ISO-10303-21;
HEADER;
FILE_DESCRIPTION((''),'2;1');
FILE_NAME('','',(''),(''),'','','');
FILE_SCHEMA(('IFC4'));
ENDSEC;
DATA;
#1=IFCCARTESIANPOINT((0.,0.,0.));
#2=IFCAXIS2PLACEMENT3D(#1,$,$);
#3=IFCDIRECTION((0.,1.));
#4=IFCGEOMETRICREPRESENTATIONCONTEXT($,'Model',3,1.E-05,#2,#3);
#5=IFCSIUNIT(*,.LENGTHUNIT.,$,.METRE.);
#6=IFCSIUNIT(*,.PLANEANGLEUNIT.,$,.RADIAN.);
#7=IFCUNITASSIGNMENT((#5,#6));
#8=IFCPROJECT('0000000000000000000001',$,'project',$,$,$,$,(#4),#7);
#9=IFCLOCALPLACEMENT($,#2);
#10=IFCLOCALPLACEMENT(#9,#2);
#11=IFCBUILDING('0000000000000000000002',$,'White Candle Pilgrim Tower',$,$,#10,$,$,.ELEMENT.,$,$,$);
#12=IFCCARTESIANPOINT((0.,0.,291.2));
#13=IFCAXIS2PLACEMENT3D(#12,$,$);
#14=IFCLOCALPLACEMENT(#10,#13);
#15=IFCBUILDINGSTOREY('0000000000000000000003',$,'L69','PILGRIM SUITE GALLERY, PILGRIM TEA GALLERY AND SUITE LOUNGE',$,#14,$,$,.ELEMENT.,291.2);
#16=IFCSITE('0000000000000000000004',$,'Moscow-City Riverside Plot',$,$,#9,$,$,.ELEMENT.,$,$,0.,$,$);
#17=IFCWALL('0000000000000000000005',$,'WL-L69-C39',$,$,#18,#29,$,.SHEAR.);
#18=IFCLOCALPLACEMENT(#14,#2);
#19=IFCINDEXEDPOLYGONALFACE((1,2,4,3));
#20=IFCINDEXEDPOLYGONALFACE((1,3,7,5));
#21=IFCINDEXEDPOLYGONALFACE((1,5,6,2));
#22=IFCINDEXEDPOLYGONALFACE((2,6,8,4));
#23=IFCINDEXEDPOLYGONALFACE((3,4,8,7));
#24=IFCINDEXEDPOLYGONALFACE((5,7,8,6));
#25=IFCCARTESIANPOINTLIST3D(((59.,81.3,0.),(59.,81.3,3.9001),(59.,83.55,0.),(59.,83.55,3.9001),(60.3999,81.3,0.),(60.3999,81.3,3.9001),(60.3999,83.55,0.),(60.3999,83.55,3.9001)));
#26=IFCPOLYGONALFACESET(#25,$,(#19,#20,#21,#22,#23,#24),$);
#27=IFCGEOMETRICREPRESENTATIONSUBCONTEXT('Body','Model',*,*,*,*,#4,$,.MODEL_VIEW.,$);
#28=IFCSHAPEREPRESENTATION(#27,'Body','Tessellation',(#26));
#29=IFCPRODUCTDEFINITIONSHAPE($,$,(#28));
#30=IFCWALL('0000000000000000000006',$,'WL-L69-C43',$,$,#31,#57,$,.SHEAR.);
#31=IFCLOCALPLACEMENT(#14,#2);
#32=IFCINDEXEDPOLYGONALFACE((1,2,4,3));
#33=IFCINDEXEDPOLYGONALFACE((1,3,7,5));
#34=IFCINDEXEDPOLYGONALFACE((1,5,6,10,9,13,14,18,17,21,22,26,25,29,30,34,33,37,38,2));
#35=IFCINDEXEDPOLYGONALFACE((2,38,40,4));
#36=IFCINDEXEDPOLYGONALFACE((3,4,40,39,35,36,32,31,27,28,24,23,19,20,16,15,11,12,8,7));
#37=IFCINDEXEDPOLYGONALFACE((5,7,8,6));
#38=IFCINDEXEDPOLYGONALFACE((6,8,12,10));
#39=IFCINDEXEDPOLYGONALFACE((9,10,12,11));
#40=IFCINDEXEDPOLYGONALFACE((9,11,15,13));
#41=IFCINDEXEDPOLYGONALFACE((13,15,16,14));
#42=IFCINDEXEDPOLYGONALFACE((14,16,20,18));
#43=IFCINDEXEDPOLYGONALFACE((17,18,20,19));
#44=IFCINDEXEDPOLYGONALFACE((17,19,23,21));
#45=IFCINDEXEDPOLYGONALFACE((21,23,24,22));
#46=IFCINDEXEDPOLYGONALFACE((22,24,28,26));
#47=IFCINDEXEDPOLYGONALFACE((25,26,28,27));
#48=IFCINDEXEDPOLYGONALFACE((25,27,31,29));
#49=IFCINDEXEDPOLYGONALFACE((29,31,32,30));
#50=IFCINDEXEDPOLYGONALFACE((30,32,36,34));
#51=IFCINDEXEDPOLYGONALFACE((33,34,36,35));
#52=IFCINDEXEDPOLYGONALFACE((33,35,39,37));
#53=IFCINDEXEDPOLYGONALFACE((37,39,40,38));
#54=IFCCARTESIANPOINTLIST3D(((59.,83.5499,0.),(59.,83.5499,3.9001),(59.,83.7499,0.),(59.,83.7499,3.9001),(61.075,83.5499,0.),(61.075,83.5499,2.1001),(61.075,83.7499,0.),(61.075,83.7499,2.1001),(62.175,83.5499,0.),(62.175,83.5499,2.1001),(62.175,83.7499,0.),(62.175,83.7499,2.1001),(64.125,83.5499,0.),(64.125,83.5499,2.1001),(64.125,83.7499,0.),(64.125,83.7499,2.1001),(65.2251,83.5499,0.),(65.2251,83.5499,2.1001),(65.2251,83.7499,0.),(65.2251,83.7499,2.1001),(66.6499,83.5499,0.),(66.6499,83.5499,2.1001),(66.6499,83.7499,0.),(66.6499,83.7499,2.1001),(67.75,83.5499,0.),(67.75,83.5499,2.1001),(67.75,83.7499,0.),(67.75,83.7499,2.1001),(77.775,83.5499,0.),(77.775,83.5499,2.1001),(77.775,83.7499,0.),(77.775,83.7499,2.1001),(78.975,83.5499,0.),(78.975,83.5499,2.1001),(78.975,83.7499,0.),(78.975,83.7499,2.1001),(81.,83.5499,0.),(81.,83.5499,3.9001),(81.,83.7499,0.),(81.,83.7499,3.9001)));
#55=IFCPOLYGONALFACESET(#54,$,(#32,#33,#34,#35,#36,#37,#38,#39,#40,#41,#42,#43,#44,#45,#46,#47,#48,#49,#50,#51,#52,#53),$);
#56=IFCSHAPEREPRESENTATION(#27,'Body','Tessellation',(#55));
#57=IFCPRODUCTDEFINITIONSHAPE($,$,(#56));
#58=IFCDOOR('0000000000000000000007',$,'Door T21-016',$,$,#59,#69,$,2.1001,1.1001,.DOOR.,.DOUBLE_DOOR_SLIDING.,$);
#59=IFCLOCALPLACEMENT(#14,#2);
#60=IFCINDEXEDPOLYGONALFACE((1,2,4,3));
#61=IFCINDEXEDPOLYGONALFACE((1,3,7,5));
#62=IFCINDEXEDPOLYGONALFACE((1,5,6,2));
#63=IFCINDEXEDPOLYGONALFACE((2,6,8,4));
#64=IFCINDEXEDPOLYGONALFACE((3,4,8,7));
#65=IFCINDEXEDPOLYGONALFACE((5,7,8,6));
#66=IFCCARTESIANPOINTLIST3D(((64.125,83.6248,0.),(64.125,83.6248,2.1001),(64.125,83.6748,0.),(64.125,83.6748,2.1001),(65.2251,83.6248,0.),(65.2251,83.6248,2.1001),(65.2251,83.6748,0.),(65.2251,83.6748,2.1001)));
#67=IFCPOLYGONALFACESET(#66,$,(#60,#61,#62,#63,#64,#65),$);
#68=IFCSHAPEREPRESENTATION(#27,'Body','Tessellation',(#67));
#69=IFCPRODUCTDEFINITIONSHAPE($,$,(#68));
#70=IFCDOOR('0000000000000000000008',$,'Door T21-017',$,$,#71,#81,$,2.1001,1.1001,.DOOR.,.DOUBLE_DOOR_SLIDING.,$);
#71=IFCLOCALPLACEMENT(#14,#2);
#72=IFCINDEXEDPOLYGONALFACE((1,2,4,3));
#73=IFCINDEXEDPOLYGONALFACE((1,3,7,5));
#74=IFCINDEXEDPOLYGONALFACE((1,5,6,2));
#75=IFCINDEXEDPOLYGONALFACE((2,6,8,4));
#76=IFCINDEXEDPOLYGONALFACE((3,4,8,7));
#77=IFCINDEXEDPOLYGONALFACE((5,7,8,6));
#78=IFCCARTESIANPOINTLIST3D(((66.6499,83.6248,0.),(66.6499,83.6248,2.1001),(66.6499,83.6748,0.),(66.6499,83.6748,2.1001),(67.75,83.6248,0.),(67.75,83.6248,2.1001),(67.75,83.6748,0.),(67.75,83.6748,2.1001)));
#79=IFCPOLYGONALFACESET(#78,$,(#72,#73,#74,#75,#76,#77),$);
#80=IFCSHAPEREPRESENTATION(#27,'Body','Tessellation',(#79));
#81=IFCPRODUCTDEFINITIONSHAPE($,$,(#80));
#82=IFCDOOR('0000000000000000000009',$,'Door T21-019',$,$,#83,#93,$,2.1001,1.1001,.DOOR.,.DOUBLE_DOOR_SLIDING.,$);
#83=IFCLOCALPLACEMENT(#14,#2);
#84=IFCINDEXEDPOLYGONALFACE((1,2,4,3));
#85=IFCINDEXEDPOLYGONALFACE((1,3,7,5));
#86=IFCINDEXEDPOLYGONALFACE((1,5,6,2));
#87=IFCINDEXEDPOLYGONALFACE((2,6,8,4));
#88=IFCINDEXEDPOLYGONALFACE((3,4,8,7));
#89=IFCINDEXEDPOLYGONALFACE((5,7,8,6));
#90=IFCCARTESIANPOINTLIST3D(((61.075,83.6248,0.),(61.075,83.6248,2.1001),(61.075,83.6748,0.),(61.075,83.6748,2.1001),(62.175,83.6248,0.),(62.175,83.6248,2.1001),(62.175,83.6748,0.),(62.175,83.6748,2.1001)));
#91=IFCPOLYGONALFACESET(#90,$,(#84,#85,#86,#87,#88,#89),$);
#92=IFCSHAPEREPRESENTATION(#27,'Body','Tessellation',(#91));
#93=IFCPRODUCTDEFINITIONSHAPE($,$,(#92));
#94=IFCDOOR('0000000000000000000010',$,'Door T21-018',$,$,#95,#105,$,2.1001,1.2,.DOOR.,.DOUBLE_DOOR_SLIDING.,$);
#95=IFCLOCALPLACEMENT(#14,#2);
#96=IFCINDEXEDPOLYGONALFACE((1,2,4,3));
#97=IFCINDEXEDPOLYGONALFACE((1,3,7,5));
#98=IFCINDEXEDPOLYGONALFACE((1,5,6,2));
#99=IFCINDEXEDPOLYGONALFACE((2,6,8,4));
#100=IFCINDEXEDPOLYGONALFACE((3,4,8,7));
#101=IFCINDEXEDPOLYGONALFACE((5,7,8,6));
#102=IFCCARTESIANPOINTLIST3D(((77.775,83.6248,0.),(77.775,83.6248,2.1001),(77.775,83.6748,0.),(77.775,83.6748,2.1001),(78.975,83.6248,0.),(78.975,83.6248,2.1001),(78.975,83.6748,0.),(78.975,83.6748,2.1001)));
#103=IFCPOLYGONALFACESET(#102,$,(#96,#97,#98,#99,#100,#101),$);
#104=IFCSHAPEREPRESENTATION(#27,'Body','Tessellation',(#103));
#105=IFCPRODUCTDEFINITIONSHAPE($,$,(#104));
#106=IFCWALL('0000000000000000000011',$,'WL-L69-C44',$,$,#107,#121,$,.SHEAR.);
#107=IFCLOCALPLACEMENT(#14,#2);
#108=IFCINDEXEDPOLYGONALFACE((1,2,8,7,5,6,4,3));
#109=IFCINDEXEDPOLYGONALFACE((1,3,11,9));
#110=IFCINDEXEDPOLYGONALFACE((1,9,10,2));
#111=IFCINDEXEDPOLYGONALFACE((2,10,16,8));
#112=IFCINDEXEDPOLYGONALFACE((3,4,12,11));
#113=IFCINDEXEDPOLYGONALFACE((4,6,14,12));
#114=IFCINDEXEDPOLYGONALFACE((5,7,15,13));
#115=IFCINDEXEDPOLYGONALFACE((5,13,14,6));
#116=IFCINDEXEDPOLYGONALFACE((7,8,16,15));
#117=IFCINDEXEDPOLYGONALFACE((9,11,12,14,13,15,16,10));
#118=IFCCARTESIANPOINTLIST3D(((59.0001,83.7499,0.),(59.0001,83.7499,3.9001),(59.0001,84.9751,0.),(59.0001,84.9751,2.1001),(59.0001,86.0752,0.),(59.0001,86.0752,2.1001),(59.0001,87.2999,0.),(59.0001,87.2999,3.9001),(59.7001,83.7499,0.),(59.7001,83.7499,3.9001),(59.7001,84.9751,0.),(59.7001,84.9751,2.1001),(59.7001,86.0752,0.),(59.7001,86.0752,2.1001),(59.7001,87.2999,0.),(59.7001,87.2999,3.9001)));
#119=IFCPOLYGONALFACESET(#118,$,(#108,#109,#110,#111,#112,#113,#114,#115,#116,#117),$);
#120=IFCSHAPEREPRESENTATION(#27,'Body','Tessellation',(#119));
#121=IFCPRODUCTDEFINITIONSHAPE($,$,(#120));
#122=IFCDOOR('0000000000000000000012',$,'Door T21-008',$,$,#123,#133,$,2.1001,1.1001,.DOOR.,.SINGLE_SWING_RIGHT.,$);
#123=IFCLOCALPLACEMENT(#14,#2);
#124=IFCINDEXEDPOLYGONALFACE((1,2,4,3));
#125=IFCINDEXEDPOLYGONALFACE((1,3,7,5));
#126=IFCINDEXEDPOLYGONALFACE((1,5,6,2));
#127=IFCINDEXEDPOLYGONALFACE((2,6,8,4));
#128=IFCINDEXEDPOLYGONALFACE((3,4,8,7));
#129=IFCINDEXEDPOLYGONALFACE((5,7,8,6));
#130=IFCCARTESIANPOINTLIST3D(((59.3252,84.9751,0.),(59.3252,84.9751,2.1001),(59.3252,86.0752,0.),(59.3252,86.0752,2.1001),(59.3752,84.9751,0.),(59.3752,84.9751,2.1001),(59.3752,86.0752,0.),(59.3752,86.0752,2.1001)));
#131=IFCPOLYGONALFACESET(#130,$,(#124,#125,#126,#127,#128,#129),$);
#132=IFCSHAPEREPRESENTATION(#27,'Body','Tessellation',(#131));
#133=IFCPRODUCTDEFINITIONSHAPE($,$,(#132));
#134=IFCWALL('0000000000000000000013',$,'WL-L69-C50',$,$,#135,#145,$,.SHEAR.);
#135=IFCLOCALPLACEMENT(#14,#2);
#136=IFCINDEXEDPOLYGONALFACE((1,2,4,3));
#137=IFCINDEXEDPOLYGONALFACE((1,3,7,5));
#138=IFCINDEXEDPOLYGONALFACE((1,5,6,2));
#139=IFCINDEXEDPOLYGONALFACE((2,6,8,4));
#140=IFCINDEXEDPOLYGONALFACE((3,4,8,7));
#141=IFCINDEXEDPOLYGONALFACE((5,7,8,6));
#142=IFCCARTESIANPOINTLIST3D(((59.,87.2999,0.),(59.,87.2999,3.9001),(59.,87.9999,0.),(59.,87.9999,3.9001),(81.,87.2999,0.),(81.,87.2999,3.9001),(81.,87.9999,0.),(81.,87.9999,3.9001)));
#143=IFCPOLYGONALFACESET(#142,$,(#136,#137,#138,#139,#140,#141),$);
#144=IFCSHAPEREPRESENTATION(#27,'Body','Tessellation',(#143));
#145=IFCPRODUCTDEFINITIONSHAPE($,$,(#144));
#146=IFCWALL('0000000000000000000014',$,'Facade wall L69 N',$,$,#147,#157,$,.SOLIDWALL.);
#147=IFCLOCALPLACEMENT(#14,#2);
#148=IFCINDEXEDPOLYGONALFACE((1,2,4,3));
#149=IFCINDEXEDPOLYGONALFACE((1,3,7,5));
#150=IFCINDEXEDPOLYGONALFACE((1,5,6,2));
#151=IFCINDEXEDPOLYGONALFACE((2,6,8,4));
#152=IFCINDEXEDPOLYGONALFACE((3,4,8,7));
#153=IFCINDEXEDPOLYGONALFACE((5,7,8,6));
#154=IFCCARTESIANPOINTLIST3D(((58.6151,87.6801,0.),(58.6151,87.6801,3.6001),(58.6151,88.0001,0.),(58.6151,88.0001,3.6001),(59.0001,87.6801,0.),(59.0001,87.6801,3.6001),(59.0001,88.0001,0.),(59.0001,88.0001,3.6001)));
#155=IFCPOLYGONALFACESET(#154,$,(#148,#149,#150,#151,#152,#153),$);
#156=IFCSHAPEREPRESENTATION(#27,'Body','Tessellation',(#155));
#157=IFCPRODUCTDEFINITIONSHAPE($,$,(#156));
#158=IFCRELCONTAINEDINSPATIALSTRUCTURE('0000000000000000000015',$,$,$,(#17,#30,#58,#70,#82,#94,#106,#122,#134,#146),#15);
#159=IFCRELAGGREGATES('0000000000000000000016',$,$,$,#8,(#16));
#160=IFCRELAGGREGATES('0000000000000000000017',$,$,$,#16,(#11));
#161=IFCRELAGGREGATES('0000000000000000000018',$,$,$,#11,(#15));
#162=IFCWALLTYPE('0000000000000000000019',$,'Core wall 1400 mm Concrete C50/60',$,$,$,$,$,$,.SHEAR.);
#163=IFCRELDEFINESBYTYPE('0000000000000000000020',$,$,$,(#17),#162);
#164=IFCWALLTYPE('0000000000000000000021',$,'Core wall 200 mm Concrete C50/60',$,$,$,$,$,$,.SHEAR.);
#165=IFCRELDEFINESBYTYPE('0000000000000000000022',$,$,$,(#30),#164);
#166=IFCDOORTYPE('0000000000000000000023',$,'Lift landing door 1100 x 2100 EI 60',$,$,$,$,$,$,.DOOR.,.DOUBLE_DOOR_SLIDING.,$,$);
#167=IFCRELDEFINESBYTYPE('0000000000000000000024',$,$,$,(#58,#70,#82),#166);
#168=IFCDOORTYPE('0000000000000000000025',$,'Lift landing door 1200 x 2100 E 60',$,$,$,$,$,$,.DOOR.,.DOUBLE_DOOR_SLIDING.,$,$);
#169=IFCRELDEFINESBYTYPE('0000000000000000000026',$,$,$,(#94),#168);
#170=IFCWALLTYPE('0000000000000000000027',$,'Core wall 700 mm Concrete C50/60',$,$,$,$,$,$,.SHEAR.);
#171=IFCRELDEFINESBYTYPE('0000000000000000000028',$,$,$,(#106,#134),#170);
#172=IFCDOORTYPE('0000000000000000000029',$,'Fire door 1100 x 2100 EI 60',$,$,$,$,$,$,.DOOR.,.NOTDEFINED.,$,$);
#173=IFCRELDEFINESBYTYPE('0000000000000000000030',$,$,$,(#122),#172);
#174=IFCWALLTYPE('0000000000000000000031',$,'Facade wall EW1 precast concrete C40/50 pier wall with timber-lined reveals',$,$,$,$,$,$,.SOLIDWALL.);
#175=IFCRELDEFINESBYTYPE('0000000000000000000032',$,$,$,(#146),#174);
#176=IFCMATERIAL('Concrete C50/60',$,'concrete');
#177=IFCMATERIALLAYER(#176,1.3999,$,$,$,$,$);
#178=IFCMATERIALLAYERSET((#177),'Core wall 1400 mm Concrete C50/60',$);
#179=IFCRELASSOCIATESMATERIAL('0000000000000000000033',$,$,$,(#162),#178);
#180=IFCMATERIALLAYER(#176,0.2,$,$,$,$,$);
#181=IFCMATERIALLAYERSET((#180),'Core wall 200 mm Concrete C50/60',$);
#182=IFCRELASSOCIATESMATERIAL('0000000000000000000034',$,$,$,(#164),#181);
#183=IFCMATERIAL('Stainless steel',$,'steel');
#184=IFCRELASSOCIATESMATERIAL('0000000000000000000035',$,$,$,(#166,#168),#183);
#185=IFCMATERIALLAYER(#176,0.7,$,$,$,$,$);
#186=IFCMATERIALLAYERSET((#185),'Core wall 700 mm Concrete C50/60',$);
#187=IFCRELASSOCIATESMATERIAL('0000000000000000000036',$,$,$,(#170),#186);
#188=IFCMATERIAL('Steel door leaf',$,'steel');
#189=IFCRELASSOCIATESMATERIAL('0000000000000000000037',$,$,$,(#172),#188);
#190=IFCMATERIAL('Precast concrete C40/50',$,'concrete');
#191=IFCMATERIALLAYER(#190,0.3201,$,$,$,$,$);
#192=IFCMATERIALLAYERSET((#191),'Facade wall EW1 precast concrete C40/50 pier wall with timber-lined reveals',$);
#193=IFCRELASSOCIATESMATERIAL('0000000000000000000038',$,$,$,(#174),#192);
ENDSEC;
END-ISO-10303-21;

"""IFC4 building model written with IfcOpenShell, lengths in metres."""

from ifc_helpers import new_model, si_unit, direction, frame, frame_2d, origin, place, context, subcontext, project, spatial, rectangle, extrude, material, layer, layer_set, type_object, element, fill, save


model = new_model("IFC4")

# Units and contexts
model_context = context("Model", 3, precision=1e-05, world=origin(), true_north=direction((0.0, 1.0)))
body_context = subcontext(model_context, "Body", "Model", "MODEL_VIEW")
ifc_project = project(units=[si_unit("LENGTHUNIT", "METRE"), si_unit("PLANEANGLEUNIT", "RADIAN")], contexts=[model_context])

# Site, building, storey
site_placement = place(None, origin())
site = spatial("IfcSite", under=ifc_project, at=site_placement, Name="Moscow-City Riverside Plot", CompositionType="ELEMENT", RefElevation=0.0)
building_placement = place(site_placement, origin())
building = spatial("IfcBuilding", under=site, at=building_placement, Name="White Candle Pilgrim Tower", CompositionType="ELEMENT")
storey_placement = place(building_placement, frame((0.0, 0.0, 291.2)))
storey = spatial("IfcBuildingStorey", under=building, at=storey_placement, Name="L69", Description="PILGRIM SUITE GALLERY, PILGRIM TEA GALLERY AND SUITE LOUNGE", CompositionType="ELEMENT", Elevation=291.2)

# Wall
ifc_material_1 = material(Name="Concrete C50/60", Category="concrete")
ifc_layer_1 = layer(ifc_material_1, 1.3999)
ifc_layer_set_1 = layer_set([ifc_layer_1], Name="Core wall 1400 mm Concrete C50/60")
wall_type_1 = type_object("IfcWallType", Name="Core wall 1400 mm Concrete C50/60", PredefinedType="SHEAR", material=ifc_layer_set_1)
wall_1_placement = place(storey_placement, frame((59.7, 81.3, 0.0), z_axis=(0.0, 0.0, 1.0), x_axis=(0.0, 1.0, 0.0)))
element("IfcWall", 1, at=wall_1_placement, inside=storey, type_object=wall_type_1, Name="WL-L69-C39", PredefinedType="SHEAR", context=body_context, shape_type="SweptSolid", body=[
    extrude(rectangle(XDim=2.25, YDim=1.3999, at=frame_2d((1.125, 0.0))), origin(), (0.0, 0.0, 1.0), 3.9001),
])

# Wall, openings, doors
ifc_layer_2 = layer(ifc_material_1, 0.2)
ifc_layer_set_2 = layer_set([ifc_layer_2], Name="Core wall 200 mm Concrete C50/60")
wall_type_2 = type_object("IfcWallType", Name="Core wall 200 mm Concrete C50/60", PredefinedType="SHEAR", material=ifc_layer_set_2)
wall_2_placement = place(storey_placement, frame((59.0, 83.6499, 0.0), z_axis=(0.0, 0.0, 1.0), x_axis=(1.0, 0.0, 0.0)))
wall_2 = element("IfcWall", 2, at=wall_2_placement, inside=storey, type_object=wall_type_2, Name="WL-L69-C43", PredefinedType="SHEAR", context=body_context, shape_type="SweptSolid", body=[
    extrude(rectangle(XDim=22.0, YDim=0.2, at=frame_2d((11.0, 0.0))), origin(), (0.0, 0.0, 1.0), 3.9001),
])
opening_1_placement = place(wall_2_placement, frame((5.125, 0.0, 0.0)))
opening_1 = element("IfcOpeningElement", 3, at=opening_1_placement, cuts=wall_2, PredefinedType="OPENING", context=body_context, shape_type="SweptSolid", body=[
    extrude(rectangle(XDim=1.1001, YDim=2.1001, at=frame_2d((0.55, 1.05))), frame((0.0, 0.1099, 0.0), z_axis=(0.0, -1.0, 0.0), x_axis=(1.0, 0.0, 0.0)), (0.0, 0.0, 1.0), 0.22),
])
opening_2_placement = place(wall_2_placement, frame((7.6499, 0.0, 0.0)))
opening_2 = element("IfcOpeningElement", 4, at=opening_2_placement, cuts=wall_2, PredefinedType="OPENING", context=body_context, shape_type="SweptSolid", body=[
    extrude(rectangle(XDim=1.1001, YDim=2.1001, at=frame_2d((0.55, 1.05))), frame((0.0, 0.1099, 0.0), z_axis=(0.0, -1.0, 0.0), x_axis=(1.0, 0.0, 0.0)), (0.0, 0.0, 1.0), 0.22),
])
opening_3_placement = place(wall_2_placement, frame((18.7749, 0.0, 0.0)))
opening_3 = element("IfcOpeningElement", 5, at=opening_3_placement, cuts=wall_2, PredefinedType="OPENING", context=body_context, shape_type="SweptSolid", body=[
    extrude(rectangle(XDim=1.2, YDim=2.1001, at=frame_2d((0.6001, 1.05))), frame((0.0, 0.1099, 0.0), z_axis=(0.0, -1.0, 0.0), x_axis=(1.0, 0.0, 0.0)), (0.0, 0.0, 1.0), 0.22),
])
opening_4_placement = place(wall_2_placement, frame((2.075, 0.0, 0.0)))
opening_4 = element("IfcOpeningElement", 6, at=opening_4_placement, cuts=wall_2, PredefinedType="OPENING", context=body_context, shape_type="SweptSolid", body=[
    extrude(rectangle(XDim=1.1001, YDim=2.1001, at=frame_2d((0.55, 1.05))), frame((0.0, 0.1099, 0.0), z_axis=(0.0, -1.0, 0.0), x_axis=(1.0, 0.0, 0.0)), (0.0, 0.0, 1.0), 0.22),
])
ifc_material_2 = material(Name="Stainless steel", Category="steel")
door_type_1 = type_object("IfcDoorType", Name="Lift landing door 1100 x 2100 EI 60", OperationType="DOUBLE_DOOR_SLIDING", PredefinedType="DOOR", material=ifc_material_2)
door_1_placement = place(opening_1_placement, origin())
door_1 = element("IfcDoor", 7, at=door_1_placement, inside=storey, type_object=door_type_1, Name="Door T21-016", OperationType="DOUBLE_DOOR_SLIDING", OverallHeight=2.1001, OverallWidth=1.1001, PredefinedType="DOOR", context=body_context, shape_type="SweptSolid", body=[
    extrude(rectangle(XDim=1.1001, YDim=2.1001, at=frame_2d((0.55, 1.05))), frame((0.0, 0.0249, 0.0), z_axis=(0.0, -1.0, 0.0), x_axis=(1.0, 0.0, 0.0)), (0.0, 0.0, 1.0), 0.05),
])
fill(opening_1, door_1)
door_2_placement = place(opening_2_placement, origin())
door_2 = element("IfcDoor", 8, at=door_2_placement, inside=storey, type_object=door_type_1, Name="Door T21-017", OperationType="DOUBLE_DOOR_SLIDING", OverallHeight=2.1001, OverallWidth=1.1001, PredefinedType="DOOR", context=body_context, shape_type="SweptSolid", body=[
    extrude(rectangle(XDim=1.1001, YDim=2.1001, at=frame_2d((0.55, 1.05))), frame((0.0, 0.0249, 0.0), z_axis=(0.0, -1.0, 0.0), x_axis=(1.0, 0.0, 0.0)), (0.0, 0.0, 1.0), 0.05),
])
fill(opening_2, door_2)
door_3_placement = place(opening_4_placement, origin())
door_3 = element("IfcDoor", 9, at=door_3_placement, inside=storey, type_object=door_type_1, Name="Door T21-019", OperationType="DOUBLE_DOOR_SLIDING", OverallHeight=2.1001, OverallWidth=1.1001, PredefinedType="DOOR", context=body_context, shape_type="SweptSolid", body=[
    extrude(rectangle(XDim=1.1001, YDim=2.1001, at=frame_2d((0.55, 1.05))), frame((0.0, 0.0249, 0.0), z_axis=(0.0, -1.0, 0.0), x_axis=(1.0, 0.0, 0.0)), (0.0, 0.0, 1.0), 0.05),
])
fill(opening_4, door_3)
door_type_2 = type_object("IfcDoorType", Name="Lift landing door 1200 x 2100 E 60", OperationType="DOUBLE_DOOR_SLIDING", PredefinedType="DOOR", material=ifc_material_2)
door_4_placement = place(opening_3_placement, origin())
door_4 = element("IfcDoor", 10, at=door_4_placement, inside=storey, type_object=door_type_2, Name="Door T21-018", OperationType="DOUBLE_DOOR_SLIDING", OverallHeight=2.1001, OverallWidth=1.2, PredefinedType="DOOR", context=body_context, shape_type="SweptSolid", body=[
    extrude(rectangle(XDim=1.2, YDim=2.1001, at=frame_2d((0.6001, 1.05))), frame((0.0, 0.0249, 0.0), z_axis=(0.0, -1.0, 0.0), x_axis=(1.0, 0.0, 0.0)), (0.0, 0.0, 1.0), 0.05),
])
fill(opening_3, door_4)

# Wall, opening, door
ifc_layer_3 = layer(ifc_material_1, 0.7)
ifc_layer_set_3 = layer_set([ifc_layer_3], Name="Core wall 700 mm Concrete C50/60")
wall_type_3 = type_object("IfcWallType", Name="Core wall 700 mm Concrete C50/60", PredefinedType="SHEAR", material=ifc_layer_set_3)
wall_3_placement = place(storey_placement, frame((59.3501, 83.75, 0.0), z_axis=(0.0, 0.0, 1.0), x_axis=(0.0, 1.0, 0.0)))
wall_3 = element("IfcWall", 11, at=wall_3_placement, inside=storey, type_object=wall_type_3, Name="WL-L69-C44", PredefinedType="SHEAR", context=body_context, shape_type="SweptSolid", body=[
    extrude(rectangle(XDim=3.55, YDim=0.7, at=frame_2d((1.7749, 0.0))), origin(), (0.0, 0.0, 1.0), 3.9001),
])
opening_5_placement = place(wall_3_placement, frame((1.2251, 0.0, 0.0)))
opening_5 = element("IfcOpeningElement", 12, at=opening_5_placement, cuts=wall_3, PredefinedType="OPENING", context=body_context, shape_type="SweptSolid", body=[
    extrude(rectangle(XDim=1.1001, YDim=2.1001, at=frame_2d((0.55, 1.05))), frame((0.0, 0.3599, 0.0), z_axis=(0.0, -1.0, 0.0), x_axis=(1.0, 0.0, 0.0)), (0.0, 0.0, 1.0), 0.72),
])
ifc_material_3 = material(Name="Steel door leaf", Category="steel")
door_type_3 = type_object("IfcDoorType", Name="Fire door 1100 x 2100 EI 60", OperationType="NOTDEFINED", PredefinedType="DOOR", material=ifc_material_3)
door_5_placement = place(opening_5_placement, origin())
door_5 = element("IfcDoor", 13, at=door_5_placement, inside=storey, type_object=door_type_3, Name="Door T21-008", OperationType="SINGLE_SWING_RIGHT", OverallHeight=2.1001, OverallWidth=1.1001, PredefinedType="DOOR", context=body_context, shape_type="SweptSolid", body=[
    extrude(rectangle(XDim=1.1001, YDim=2.1001, at=frame_2d((0.55, 1.05))), frame((0.0, 0.0249, 0.0), z_axis=(0.0, -1.0, 0.0), x_axis=(1.0, 0.0, 0.0)), (0.0, 0.0, 1.0), 0.05),
])
fill(opening_5, door_5)

# Walls
wall_4_placement = place(storey_placement, frame((59.0, 87.6499, 0.0), z_axis=(0.0, 0.0, 1.0), x_axis=(1.0, 0.0, 0.0)))
element("IfcWall", 14, at=wall_4_placement, inside=storey, type_object=wall_type_3, Name="WL-L69-C50", PredefinedType="SHEAR", context=body_context, shape_type="SweptSolid", body=[
    extrude(rectangle(XDim=22.0, YDim=0.7, at=frame_2d((11.0, 0.0))), origin(), (0.0, 0.0, 1.0), 3.9001),
])
ifc_material_4 = material(Name="Precast concrete C40/50", Category="concrete")
ifc_layer_4 = layer(ifc_material_4, 0.3201)
ifc_layer_set_4 = layer_set([ifc_layer_4], Name="Facade wall EW1 precast concrete C40/50 pier wall with timber-lined reveals")
wall_type_4 = type_object("IfcWallType", Name="Facade wall EW1 precast concrete C40/50 pier wall with timber-lined reveals", PredefinedType="SOLIDWALL", material=ifc_layer_set_4)
wall_5_placement = place(storey_placement, frame((59.0, 87.8401, 0.0), z_axis=(0.0, 0.0, 1.0), x_axis=(-1.0, 0.0, 0.0)))
element("IfcWall", 15, at=wall_5_placement, inside=storey, type_object=wall_type_4, Name="Facade wall L69 N", PredefinedType="SOLIDWALL", context=body_context, shape_type="SweptSolid", body=[
    extrude(rectangle(XDim=0.385, YDim=0.3201, at=frame_2d((0.1924, 0.0))), origin(), (0.0, 0.0, 1.0), 3.6001),
])

save(model, "model.ifc")
